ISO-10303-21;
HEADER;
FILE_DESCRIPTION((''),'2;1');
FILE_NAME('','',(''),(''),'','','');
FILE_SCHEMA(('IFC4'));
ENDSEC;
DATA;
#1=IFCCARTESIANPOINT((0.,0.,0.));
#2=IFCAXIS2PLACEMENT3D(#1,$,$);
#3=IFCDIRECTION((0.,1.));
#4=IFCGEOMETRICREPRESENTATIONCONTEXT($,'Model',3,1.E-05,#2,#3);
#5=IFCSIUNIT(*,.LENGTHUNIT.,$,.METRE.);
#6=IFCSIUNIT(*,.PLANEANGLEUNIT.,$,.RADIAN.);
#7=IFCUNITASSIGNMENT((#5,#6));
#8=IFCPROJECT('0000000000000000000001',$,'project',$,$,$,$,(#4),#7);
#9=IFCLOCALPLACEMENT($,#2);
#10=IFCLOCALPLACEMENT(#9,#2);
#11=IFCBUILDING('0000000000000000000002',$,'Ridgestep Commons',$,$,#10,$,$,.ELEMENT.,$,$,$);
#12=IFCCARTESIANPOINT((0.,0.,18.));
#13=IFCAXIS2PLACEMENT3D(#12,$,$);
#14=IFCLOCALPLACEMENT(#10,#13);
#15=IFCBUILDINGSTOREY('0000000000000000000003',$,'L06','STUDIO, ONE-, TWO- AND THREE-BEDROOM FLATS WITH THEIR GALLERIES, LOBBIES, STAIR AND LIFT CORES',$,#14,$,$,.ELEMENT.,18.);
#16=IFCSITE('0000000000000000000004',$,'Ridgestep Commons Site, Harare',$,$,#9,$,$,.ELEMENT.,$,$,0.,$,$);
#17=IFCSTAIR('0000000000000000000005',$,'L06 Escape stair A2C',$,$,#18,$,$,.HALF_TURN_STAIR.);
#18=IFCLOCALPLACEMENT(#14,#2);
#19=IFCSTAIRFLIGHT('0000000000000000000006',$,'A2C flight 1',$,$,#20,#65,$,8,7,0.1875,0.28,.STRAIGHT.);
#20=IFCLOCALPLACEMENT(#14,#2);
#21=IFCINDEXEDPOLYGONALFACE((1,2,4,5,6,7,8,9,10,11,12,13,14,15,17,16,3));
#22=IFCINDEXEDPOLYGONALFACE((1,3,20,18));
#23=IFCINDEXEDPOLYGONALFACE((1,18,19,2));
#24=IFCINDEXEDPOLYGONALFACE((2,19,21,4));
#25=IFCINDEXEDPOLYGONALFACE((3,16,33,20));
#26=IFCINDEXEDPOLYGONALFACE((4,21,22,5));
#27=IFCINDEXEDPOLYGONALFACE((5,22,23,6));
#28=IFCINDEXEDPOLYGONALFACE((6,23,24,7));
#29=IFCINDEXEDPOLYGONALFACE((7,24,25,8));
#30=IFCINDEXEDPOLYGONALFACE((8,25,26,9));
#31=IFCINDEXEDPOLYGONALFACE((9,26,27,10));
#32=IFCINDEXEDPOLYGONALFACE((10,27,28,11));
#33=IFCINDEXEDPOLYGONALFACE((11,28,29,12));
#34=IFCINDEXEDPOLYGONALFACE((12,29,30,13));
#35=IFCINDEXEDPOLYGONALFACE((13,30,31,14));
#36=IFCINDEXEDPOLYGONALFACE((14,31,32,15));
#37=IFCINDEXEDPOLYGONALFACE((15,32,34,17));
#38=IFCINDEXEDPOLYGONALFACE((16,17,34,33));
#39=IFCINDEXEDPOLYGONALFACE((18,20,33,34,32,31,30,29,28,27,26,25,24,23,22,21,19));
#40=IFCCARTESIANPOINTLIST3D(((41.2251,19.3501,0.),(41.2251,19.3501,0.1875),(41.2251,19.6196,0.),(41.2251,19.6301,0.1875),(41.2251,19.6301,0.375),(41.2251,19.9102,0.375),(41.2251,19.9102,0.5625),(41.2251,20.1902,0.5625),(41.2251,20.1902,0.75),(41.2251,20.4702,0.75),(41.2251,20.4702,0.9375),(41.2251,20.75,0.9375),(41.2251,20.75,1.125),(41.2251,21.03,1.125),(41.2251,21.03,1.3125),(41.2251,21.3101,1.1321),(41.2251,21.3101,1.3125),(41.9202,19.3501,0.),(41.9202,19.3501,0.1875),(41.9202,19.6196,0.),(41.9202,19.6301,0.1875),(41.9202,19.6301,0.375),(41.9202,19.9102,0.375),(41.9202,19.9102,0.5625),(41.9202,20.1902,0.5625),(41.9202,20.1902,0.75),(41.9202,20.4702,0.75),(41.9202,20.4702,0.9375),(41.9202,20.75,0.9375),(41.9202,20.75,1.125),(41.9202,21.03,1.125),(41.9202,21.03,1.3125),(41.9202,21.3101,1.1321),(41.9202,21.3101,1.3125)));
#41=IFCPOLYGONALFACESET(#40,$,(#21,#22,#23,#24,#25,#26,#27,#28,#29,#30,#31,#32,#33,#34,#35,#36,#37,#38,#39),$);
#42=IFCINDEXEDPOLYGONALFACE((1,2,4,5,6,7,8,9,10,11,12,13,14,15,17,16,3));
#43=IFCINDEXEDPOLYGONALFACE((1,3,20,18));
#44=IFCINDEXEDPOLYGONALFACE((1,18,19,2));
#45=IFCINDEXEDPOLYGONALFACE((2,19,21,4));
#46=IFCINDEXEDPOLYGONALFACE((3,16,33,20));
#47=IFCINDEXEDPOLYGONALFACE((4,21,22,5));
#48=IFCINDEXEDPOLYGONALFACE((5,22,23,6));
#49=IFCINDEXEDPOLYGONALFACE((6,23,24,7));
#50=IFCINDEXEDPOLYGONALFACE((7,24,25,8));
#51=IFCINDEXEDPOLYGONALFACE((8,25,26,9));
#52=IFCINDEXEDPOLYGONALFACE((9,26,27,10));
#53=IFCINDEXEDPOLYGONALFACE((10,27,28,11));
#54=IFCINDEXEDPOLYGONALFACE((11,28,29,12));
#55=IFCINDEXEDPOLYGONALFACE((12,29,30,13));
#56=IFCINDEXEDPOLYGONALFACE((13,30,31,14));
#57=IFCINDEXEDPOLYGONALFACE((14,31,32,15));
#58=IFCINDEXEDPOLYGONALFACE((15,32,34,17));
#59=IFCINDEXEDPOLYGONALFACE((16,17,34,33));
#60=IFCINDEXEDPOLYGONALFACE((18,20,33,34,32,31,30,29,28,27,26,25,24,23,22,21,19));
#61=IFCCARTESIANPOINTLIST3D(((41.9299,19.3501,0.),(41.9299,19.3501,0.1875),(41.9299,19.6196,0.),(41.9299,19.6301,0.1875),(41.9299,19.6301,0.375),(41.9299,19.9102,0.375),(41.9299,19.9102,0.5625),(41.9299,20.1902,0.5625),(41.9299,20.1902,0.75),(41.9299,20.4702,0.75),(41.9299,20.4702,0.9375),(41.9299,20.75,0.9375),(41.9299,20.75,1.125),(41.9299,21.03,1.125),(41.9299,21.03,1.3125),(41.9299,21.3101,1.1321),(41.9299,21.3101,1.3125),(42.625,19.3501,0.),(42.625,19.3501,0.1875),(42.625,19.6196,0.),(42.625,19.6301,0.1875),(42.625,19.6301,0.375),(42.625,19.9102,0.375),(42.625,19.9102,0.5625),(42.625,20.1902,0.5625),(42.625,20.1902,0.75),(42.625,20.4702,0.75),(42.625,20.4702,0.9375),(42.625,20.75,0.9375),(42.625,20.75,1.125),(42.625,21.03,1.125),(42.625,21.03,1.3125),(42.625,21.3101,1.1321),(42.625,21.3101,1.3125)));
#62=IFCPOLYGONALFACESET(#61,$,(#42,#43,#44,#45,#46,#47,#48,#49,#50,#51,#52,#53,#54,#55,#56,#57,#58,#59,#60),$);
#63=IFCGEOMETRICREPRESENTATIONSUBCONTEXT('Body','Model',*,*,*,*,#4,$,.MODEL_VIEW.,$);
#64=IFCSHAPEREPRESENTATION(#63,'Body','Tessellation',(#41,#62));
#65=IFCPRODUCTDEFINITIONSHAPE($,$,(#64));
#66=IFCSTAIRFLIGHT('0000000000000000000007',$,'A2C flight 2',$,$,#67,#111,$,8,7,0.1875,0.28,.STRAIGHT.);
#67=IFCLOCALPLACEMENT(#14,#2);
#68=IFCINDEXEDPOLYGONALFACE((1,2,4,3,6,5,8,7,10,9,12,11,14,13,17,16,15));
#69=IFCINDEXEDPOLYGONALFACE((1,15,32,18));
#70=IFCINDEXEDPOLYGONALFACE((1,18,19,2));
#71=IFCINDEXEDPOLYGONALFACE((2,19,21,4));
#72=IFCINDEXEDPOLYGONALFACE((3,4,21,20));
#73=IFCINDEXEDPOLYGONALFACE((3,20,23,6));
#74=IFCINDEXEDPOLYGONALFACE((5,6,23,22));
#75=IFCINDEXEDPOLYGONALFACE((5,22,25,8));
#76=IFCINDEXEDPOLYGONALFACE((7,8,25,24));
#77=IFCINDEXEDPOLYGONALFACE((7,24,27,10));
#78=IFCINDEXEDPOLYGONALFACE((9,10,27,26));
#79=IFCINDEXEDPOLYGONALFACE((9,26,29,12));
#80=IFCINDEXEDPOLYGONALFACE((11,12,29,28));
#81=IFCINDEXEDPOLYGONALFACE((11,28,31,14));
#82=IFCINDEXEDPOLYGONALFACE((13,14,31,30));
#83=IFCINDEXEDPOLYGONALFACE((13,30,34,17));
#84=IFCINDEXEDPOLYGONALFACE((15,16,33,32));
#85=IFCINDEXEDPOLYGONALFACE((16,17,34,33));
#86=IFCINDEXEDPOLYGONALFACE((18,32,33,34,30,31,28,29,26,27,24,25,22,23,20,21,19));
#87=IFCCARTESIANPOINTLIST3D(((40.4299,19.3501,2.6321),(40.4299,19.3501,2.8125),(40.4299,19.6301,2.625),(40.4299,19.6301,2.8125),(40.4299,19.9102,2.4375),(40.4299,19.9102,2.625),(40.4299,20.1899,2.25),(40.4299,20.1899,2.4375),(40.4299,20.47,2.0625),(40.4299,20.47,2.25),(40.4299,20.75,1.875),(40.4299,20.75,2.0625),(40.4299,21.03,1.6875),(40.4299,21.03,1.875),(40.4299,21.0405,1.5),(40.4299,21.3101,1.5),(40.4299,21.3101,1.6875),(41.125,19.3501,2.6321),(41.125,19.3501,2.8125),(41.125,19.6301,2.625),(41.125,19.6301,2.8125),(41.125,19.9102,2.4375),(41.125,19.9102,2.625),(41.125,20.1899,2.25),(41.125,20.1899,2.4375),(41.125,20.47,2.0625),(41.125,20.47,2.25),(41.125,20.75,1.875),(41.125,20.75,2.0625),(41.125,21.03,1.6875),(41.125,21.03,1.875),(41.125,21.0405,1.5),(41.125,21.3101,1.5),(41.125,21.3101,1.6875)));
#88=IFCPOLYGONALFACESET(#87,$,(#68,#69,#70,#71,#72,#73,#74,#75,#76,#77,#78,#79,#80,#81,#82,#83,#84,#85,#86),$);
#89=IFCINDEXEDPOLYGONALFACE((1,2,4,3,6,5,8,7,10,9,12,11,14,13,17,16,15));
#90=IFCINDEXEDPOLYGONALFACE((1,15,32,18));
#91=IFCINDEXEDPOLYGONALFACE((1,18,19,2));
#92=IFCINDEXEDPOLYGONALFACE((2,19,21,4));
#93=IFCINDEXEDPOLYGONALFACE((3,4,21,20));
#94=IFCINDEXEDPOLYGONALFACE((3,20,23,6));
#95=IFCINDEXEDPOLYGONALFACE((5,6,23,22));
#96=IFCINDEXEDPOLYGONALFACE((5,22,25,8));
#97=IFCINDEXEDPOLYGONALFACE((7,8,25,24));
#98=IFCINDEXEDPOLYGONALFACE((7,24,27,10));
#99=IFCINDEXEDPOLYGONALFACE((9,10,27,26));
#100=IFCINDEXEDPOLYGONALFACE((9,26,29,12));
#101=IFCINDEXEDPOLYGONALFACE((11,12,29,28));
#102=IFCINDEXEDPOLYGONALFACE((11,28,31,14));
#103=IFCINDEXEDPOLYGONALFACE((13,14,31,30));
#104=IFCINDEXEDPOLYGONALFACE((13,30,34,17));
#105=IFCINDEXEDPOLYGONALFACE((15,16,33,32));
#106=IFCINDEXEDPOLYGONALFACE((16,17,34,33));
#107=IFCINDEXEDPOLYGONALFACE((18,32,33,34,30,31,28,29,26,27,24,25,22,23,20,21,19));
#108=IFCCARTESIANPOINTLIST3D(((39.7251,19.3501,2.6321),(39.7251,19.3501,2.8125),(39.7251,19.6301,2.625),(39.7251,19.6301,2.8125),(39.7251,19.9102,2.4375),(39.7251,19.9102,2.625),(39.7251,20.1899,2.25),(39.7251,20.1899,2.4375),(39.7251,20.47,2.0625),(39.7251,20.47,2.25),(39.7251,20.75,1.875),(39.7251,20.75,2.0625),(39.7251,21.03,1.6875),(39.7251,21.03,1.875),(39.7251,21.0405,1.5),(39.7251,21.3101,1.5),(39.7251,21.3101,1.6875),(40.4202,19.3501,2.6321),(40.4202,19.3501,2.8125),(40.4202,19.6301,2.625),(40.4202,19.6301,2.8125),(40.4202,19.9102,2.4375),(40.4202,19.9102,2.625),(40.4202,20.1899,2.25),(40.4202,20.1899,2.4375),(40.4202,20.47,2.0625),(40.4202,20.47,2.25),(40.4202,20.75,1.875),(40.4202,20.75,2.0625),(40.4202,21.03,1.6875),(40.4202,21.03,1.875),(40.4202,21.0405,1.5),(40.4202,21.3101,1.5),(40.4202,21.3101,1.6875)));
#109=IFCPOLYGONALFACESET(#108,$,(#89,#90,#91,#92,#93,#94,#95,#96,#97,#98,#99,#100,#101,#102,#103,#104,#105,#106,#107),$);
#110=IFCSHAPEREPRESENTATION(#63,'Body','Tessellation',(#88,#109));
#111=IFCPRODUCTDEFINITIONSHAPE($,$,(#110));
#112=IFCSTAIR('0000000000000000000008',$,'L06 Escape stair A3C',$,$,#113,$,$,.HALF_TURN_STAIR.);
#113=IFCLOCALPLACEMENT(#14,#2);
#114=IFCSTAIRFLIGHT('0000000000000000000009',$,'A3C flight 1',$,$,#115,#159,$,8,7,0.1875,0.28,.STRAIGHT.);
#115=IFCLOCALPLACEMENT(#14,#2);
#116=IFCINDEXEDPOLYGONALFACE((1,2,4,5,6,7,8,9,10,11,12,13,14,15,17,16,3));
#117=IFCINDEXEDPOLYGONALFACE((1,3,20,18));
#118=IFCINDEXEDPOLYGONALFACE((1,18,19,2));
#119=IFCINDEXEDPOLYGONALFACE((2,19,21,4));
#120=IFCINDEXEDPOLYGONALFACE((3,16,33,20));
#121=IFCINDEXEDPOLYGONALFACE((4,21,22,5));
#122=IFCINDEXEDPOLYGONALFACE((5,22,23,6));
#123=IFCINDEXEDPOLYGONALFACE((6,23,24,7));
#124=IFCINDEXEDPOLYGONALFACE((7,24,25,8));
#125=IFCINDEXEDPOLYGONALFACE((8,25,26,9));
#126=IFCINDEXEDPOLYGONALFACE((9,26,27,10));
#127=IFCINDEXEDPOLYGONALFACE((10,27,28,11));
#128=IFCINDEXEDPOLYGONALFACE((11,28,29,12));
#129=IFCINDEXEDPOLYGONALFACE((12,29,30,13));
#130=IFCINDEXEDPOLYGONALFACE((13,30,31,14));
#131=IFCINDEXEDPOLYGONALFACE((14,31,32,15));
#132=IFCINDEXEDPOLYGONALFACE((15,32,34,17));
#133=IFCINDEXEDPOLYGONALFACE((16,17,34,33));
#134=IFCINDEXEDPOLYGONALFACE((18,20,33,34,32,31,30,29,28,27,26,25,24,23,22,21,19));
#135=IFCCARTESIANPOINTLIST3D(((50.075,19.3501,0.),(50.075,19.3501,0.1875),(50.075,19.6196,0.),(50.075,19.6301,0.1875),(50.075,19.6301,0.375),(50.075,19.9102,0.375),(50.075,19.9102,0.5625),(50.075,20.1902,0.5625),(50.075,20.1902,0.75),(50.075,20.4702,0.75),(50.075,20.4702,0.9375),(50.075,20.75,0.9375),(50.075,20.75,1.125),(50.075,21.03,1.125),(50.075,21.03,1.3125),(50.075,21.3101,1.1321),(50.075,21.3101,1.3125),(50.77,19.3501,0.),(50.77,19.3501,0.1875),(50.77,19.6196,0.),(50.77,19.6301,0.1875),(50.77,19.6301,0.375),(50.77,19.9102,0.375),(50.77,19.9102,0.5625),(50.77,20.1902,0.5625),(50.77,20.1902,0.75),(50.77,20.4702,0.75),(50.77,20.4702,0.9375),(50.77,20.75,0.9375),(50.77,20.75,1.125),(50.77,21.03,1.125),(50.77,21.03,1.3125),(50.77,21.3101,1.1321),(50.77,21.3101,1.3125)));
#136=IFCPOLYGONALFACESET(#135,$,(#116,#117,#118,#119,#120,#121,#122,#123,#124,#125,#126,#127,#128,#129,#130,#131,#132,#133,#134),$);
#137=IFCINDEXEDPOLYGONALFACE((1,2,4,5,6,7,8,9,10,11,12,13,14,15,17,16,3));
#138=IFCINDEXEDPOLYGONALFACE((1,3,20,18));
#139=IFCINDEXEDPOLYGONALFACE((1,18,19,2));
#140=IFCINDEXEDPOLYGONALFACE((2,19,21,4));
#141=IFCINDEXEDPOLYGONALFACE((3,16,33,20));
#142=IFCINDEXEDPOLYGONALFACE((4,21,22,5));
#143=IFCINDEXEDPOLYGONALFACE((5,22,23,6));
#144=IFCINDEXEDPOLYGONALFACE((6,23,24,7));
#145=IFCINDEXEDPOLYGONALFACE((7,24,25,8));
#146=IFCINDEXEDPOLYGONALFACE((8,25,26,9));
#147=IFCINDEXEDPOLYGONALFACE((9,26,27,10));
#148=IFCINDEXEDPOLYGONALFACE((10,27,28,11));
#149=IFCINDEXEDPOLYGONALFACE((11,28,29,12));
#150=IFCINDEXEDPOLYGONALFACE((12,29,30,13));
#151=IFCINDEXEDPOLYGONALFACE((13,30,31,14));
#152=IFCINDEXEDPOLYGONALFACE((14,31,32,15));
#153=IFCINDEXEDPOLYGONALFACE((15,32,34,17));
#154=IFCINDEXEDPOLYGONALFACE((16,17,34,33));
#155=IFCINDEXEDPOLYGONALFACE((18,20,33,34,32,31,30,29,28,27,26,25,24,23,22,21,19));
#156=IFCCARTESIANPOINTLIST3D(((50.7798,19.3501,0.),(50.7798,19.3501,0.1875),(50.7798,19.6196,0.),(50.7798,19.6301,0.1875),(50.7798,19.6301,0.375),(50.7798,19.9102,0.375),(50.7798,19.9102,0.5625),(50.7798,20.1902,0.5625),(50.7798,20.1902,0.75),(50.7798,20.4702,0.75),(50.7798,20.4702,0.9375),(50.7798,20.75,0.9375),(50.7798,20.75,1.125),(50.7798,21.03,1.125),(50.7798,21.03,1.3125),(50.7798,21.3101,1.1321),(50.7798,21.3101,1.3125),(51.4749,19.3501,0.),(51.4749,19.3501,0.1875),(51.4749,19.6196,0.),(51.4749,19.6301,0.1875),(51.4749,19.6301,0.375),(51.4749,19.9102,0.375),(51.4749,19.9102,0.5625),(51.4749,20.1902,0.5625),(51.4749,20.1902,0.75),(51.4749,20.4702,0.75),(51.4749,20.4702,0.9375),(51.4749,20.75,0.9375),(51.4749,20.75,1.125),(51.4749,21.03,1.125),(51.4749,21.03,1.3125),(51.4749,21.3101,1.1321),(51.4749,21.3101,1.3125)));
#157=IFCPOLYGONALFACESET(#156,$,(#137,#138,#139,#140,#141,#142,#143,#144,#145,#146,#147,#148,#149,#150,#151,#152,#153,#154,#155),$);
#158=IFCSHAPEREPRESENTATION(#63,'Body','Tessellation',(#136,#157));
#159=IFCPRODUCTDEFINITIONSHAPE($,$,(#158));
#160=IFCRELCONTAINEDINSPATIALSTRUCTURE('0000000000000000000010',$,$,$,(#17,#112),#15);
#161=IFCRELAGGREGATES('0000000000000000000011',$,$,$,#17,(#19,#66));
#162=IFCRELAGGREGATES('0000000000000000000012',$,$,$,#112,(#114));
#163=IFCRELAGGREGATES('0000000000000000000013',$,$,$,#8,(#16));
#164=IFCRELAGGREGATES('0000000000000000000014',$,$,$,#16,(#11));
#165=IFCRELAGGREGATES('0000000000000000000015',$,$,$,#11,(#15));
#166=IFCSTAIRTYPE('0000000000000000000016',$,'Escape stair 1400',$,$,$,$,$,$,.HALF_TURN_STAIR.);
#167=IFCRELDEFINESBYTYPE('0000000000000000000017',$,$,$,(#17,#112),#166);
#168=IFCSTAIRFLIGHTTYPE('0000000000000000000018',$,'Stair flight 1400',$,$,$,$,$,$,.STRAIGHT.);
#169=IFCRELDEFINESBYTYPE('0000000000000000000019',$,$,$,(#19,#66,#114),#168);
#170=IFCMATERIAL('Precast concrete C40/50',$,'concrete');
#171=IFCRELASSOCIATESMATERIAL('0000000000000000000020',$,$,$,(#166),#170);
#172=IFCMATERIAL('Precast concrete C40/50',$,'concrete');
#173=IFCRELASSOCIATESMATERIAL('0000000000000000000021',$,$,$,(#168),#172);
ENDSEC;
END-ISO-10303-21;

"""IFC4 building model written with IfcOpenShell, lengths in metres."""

from ifc_helpers import new_model, si_unit, direction, frame, origin, place, context, subcontext, project, spatial, polyline, outline, extrude, material, type_object, element, aggregate, save


model = new_model("IFC4")

# Units and contexts
model_context = context("Model", 3, precision=1e-05, world=origin(), true_north=direction((0.0, 1.0)))
body_context = subcontext(model_context, "Body", "Model", "MODEL_VIEW")
ifc_project = project(units=[si_unit("LENGTHUNIT", "METRE"), si_unit("PLANEANGLEUNIT", "RADIAN")], contexts=[model_context])

# Site, building, storey
site_placement = place(None, origin())
site = spatial("IfcSite", under=ifc_project, at=site_placement, Name="Ridgestep Commons Site, Harare", CompositionType="ELEMENT", RefElevation=0.0)
building_placement = place(site_placement, origin())
building = spatial("IfcBuilding", under=site, at=building_placement, Name="Ridgestep Commons", CompositionType="ELEMENT")
storey_placement = place(building_placement, frame((0.0, 0.0, 18.0)))
storey = spatial("IfcBuildingStorey", under=building, at=storey_placement, Name="L06", Description="STUDIO, ONE-, TWO- AND THREE-BEDROOM FLATS WITH THEIR GALLERIES, LOBBIES, STAIR AND LIFT CORES", CompositionType="ELEMENT", Elevation=18.0)

# Stairs, stair flights
ifc_material_1 = material(Name="Precast concrete C40/50", Category="concrete")
stair_type = type_object("IfcStairType", Name="Escape stair 1400", PredefinedType="HALF_TURN_STAIR", material=ifc_material_1)
stair_1_placement = place(storey_placement, origin())
stair_1 = element("IfcStair", 1, at=stair_1_placement, inside=storey, type_object=stair_type, Name="L06 Escape stair A2C", PredefinedType="HALF_TURN_STAIR")
ifc_material_2 = material(Name="Precast concrete C40/50", Category="concrete")
stair_flight_type = type_object("IfcStairFlightType", Name="Stair flight 1400", PredefinedType="STRAIGHT", material=ifc_material_2)
stair_flight_1_placement = place(storey_placement, frame((41.925, 19.3501, 0.0), z_axis=(0.0, 0.0, 1.0), x_axis=(0.0, 1.0, 0.0)))
stair_flight_1 = element("IfcStairFlight", 2, at=stair_flight_1_placement, type_object=stair_flight_type, Name="A2C flight 1", NumberOfRisers=8, NumberOfTreads=7, PredefinedType="STRAIGHT", RiserHeight=0.1875, TreadLength=0.28, context=body_context, shape_type="SweptSolid", body=[
    extrude(outline(polyline([(0.0, 0.0), (0.0, 0.1875), (0.28, 0.1875), (0.28, 0.375), (0.5601, 0.375), (0.5601, 0.5625), (0.8401, 0.5625), (0.8401, 0.75), (1.1201, 0.75), (1.1201, 0.9375), (1.3999, 0.9375), (1.3999, 1.125), (1.6799, 1.125), (1.6799, 1.3125), (1.96, 1.3125), (1.96, 1.5), (1.96, 1.1321), (0.2695, 0.0), (0.0, 0.0)])), frame((0.0, 0.7, 0.0), z_axis=(0.0, -1.0, 0.0), x_axis=(1.0, 0.0, 0.0)), (0.0, 0.0, 1.0), 0.6951),
    extrude(outline(polyline([(0.0, 0.0), (0.0, 0.1875), (0.28, 0.1875), (0.28, 0.375), (0.5601, 0.375), (0.5601, 0.5625), (0.8401, 0.5625), (0.8401, 0.75), (1.1201, 0.75), (1.1201, 0.9375), (1.3999, 0.9375), (1.3999, 1.125), (1.6799, 1.125), (1.6799, 1.3125), (1.96, 1.3125), (1.96, 1.5), (1.96, 1.1321), (0.2695, 0.0), (0.0, 0.0)])), frame((0.0, -0.0049, 0.0), z_axis=(0.0, -1.0, 0.0), x_axis=(1.0, 0.0, 0.0)), (0.0, 0.0, 1.0), 0.6951),
])
stair_flight_2_placement = place(storey_placement, frame((40.425, 21.3101, 1.5), z_axis=(0.0, 0.0, 1.0), x_axis=(0.0, -1.0, 0.0)))
stair_flight_2 = element("IfcStairFlight", 3, at=stair_flight_2_placement, type_object=stair_flight_type, Name="A2C flight 2", NumberOfRisers=8, NumberOfTreads=7, PredefinedType="STRAIGHT", RiserHeight=0.1875, TreadLength=0.28, context=body_context, shape_type="SweptSolid", body=[
    extrude(outline(polyline([(0.0, 0.0), (0.0, 0.1875), (0.28, 0.1875), (0.28, 0.375), (0.5601, 0.375), (0.5601, 0.5625), (0.8401, 0.5625), (0.8401, 0.75), (1.1201, 0.75), (1.1201, 0.9375), (1.3999, 0.9375), (1.3999, 1.125), (1.6799, 1.125), (1.6799, 1.3125), (1.96, 1.3125), (1.96, 1.5), (1.96, 1.1321), (0.2695, 0.0), (0.0, 0.0)])), frame((0.0, 0.7, 0.0), z_axis=(0.0, -1.0, 0.0), x_axis=(1.0, 0.0, 0.0)), (0.0, 0.0, 1.0), 0.6951),
    extrude(outline(polyline([(0.0, 0.0), (0.0, 0.1875), (0.28, 0.1875), (0.28, 0.375), (0.5601, 0.375), (0.5601, 0.5625), (0.8401, 0.5625), (0.8401, 0.75), (1.1201, 0.75), (1.1201, 0.9375), (1.3999, 0.9375), (1.3999, 1.125), (1.6799, 1.125), (1.6799, 1.3125), (1.96, 1.3125), (1.96, 1.5), (1.96, 1.1321), (0.2695, 0.0), (0.0, 0.0)])), frame((0.0, -0.0049, 0.0), z_axis=(0.0, -1.0, 0.0), x_axis=(1.0, 0.0, 0.0)), (0.0, 0.0, 1.0), 0.6951),
])
aggregate(stair_1, [stair_flight_1, stair_flight_2])
stair_2_placement = place(storey_placement, origin())
stair_2 = element("IfcStair", 4, at=stair_2_placement, inside=storey, type_object=stair_type, Name="L06 Escape stair A3C", PredefinedType="HALF_TURN_STAIR")
stair_flight_3_placement = place(storey_placement, frame((50.7749, 19.3501, 0.0), z_axis=(0.0, 0.0, 1.0), x_axis=(0.0, 1.0, 0.0)))
stair_flight_3 = element("IfcStairFlight", 5, at=stair_flight_3_placement, type_object=stair_flight_type, Name="A3C flight 1", NumberOfRisers=8, NumberOfTreads=7, PredefinedType="STRAIGHT", RiserHeight=0.1875, TreadLength=0.28, context=body_context, shape_type="SweptSolid", body=[
    extrude(outline(polyline([(0.0, 0.0), (0.0, 0.1875), (0.28, 0.1875), (0.28, 0.375), (0.5601, 0.375), (0.5601, 0.5625), (0.8401, 0.5625), (0.8401, 0.75), (1.1201, 0.75), (1.1201, 0.9375), (1.3999, 0.9375), (1.3999, 1.125), (1.6799, 1.125), (1.6799, 1.3125), (1.96, 1.3125), (1.96, 1.5), (1.96, 1.1321), (0.2695, 0.0), (0.0, 0.0)])), frame((0.0, 0.7, 0.0), z_axis=(0.0, -1.0, 0.0), x_axis=(1.0, 0.0, 0.0)), (0.0, 0.0, 1.0), 0.6951),
    extrude(outline(polyline([(0.0, 0.0), (0.0, 0.1875), (0.28, 0.1875), (0.28, 0.375), (0.5601, 0.375), (0.5601, 0.5625), (0.8401, 0.5625), (0.8401, 0.75), (1.1201, 0.75), (1.1201, 0.9375), (1.3999, 0.9375), (1.3999, 1.125), (1.6799, 1.125), (1.6799, 1.3125), (1.96, 1.3125), (1.96, 1.5), (1.96, 1.1321), (0.2695, 0.0), (0.0, 0.0)])), frame((0.0, -0.0049, 0.0), z_axis=(0.0, -1.0, 0.0), x_axis=(1.0, 0.0, 0.0)), (0.0, 0.0, 1.0), 0.6951),
])
aggregate(stair_2, [stair_flight_3])

save(model, "model.ifc")
